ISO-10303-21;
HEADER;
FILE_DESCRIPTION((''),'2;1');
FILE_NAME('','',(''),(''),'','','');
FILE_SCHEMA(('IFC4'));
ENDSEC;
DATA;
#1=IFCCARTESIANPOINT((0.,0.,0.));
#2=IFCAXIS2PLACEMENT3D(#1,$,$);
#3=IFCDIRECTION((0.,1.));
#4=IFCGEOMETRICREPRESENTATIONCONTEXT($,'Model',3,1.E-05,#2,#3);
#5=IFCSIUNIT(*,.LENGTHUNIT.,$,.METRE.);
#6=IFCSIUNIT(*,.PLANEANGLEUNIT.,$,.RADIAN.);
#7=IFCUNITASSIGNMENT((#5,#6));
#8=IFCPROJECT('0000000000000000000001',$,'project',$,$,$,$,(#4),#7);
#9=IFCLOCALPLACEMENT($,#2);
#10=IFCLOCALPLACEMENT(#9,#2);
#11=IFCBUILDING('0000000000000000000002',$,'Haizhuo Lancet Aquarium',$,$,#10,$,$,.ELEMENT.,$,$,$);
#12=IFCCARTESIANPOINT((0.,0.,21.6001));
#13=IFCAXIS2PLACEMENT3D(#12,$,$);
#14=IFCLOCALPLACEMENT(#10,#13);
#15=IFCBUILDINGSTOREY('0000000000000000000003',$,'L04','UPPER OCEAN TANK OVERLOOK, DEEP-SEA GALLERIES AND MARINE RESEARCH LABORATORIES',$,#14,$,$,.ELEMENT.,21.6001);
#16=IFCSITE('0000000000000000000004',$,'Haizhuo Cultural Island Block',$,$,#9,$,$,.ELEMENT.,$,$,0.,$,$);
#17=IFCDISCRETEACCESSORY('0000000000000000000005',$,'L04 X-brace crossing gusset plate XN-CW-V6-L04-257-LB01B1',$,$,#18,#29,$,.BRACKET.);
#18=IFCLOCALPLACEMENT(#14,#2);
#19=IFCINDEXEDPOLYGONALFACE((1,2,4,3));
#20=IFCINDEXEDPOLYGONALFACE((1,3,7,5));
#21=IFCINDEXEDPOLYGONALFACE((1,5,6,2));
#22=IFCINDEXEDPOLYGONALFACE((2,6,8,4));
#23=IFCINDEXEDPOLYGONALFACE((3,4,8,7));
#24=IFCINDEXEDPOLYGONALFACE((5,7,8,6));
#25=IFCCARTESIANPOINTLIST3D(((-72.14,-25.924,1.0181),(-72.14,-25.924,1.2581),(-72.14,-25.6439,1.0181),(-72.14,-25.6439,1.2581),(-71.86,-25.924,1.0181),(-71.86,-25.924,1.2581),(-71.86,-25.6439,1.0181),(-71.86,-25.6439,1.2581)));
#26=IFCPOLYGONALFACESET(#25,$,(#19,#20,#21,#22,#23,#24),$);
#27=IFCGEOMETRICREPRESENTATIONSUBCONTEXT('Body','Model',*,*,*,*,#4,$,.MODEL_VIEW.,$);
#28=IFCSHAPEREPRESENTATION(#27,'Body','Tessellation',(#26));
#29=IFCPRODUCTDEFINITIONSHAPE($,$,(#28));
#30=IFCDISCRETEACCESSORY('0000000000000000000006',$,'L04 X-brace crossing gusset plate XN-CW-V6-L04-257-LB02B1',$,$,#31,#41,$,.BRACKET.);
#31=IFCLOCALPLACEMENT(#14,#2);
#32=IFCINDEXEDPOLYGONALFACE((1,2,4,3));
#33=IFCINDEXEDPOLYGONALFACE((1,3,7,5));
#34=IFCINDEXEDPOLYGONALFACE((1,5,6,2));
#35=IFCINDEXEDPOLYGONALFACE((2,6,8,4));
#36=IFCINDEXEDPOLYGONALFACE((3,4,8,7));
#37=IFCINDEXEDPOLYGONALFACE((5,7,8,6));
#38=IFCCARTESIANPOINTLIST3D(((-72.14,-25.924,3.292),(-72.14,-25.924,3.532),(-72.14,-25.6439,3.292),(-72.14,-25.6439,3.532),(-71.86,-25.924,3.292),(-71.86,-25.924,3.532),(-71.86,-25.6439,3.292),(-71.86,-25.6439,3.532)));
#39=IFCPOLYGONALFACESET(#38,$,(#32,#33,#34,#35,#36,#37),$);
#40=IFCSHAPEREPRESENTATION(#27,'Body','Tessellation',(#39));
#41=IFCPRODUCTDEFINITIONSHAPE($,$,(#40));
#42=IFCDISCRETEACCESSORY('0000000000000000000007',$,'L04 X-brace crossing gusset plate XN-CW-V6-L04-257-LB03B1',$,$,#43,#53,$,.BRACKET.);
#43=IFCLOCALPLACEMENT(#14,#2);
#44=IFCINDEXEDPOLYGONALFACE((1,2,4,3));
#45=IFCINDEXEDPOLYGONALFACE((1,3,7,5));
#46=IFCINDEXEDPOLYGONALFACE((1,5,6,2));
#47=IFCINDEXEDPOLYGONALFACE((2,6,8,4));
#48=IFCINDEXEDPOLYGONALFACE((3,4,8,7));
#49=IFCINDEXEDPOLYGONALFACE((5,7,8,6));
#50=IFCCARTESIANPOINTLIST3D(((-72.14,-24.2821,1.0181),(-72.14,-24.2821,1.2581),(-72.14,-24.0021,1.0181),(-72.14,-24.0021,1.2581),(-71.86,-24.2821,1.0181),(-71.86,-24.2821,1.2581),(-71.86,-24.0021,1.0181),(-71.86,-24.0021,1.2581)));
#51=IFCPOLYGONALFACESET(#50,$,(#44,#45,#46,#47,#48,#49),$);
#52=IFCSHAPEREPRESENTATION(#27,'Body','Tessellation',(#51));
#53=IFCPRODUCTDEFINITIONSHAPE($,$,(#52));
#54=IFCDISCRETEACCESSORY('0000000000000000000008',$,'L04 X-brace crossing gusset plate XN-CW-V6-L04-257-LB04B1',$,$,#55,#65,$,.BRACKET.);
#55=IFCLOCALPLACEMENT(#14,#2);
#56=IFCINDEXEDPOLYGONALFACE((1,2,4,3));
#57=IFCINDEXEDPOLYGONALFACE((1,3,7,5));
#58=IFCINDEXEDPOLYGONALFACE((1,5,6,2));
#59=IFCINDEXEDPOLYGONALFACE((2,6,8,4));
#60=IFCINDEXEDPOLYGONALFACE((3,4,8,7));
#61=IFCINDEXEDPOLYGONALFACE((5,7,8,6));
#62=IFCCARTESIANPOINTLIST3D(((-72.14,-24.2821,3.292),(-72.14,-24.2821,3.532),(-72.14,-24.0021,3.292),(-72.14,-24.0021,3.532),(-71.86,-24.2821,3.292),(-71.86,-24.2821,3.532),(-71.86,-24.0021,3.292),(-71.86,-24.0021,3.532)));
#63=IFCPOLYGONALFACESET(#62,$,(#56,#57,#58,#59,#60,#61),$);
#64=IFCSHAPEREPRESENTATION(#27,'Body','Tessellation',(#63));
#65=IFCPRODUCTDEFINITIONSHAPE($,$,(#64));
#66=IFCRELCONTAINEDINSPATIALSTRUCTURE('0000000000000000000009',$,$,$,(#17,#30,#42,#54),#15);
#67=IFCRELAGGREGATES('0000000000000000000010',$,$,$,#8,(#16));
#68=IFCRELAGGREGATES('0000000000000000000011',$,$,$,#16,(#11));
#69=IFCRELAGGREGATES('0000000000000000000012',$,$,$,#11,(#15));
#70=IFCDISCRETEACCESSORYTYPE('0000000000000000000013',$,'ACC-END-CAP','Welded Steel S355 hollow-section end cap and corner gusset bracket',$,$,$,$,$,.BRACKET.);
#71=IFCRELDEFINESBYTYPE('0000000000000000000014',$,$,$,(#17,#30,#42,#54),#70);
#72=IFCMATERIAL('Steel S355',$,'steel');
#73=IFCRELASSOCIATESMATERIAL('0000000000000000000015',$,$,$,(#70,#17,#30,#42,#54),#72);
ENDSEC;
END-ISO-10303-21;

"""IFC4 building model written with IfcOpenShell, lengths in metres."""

from ifc_helpers import new_model, si_unit, direction, frame, origin, origin_2d, place, context, subcontext, project, spatial, rectangle, extrude, material, type_object, element, save


model = new_model("IFC4")

# Units and contexts
model_context = context("Model", 3, precision=1e-05, world=origin(), true_north=direction((0.0, 1.0)))
body_context = subcontext(model_context, "Body", "Model", "MODEL_VIEW")
ifc_project = project(units=[si_unit("LENGTHUNIT", "METRE"), si_unit("PLANEANGLEUNIT", "RADIAN")], contexts=[model_context])

# Site, building, storey
site_placement = place(None, origin())
site = spatial("IfcSite", under=ifc_project, at=site_placement, Name="Haizhuo Cultural Island Block", CompositionType="ELEMENT", RefElevation=0.0)
building_placement = place(site_placement, origin())
building = spatial("IfcBuilding", under=site, at=building_placement, Name="Haizhuo Lancet Aquarium", CompositionType="ELEMENT")
storey_placement = place(building_placement, frame((0.0, 0.0, 21.6001)))
storey = spatial("IfcBuildingStorey", under=building, at=storey_placement, Name="L04", Description="UPPER OCEAN TANK OVERLOOK, DEEP-SEA GALLERIES AND MARINE RESEARCH LABORATORIES", CompositionType="ELEMENT", Elevation=21.6001)

# Shared definitions
ifc_material_1 = material(Name="Steel S355", Category="steel")

# Discrete accessories
discrete_accessory_type = type_object("IfcDiscreteAccessoryType", Name="ACC-END-CAP", Description="Welded Steel S355 hollow-section end cap and corner gusset bracket", PredefinedType="BRACKET", material=ifc_material_1)
for number, where, z_axis, x_axis, name in (
    (1, (-72.0, -25.7839, 1.0181), (0.0, 0.0, 1.0), (1.0, 0.0, 0.0), "L04 X-brace crossing gusset plate XN-CW-V6-L04-257-LB01B1"),
    (2, (-72.0, -25.7839, 3.292), (0.0, 0.0, 1.0), (1.0, 0.0, 0.0), "L04 X-brace crossing gusset plate XN-CW-V6-L04-257-LB02B1"),
    (3, (-72.0, -24.1421, 1.0181), (0.0, 0.0, 1.0), (1.0, 0.0, 0.0), "L04 X-brace crossing gusset plate XN-CW-V6-L04-257-LB03B1"),
    (4, (-72.0, -24.1421, 3.292), (0.0, 0.0, 1.0), (1.0, 0.0, 0.0), "L04 X-brace crossing gusset plate XN-CW-V6-L04-257-LB04B1"),
):
    element("IfcDiscreteAccessory", number, at=place(storey_placement, frame(where, z_axis=z_axis, x_axis=x_axis)), inside=storey, type_object=discrete_accessory_type, material=ifc_material_1, Name=name, PredefinedType="BRACKET", context=body_context, shape_type="SweptSolid", body=[
        extrude(rectangle(XDim=0.28, YDim=0.28, at=origin_2d()), origin(), (0.0, 0.0, 1.0), 0.24),
    ])

save(model, "model.ifc")
